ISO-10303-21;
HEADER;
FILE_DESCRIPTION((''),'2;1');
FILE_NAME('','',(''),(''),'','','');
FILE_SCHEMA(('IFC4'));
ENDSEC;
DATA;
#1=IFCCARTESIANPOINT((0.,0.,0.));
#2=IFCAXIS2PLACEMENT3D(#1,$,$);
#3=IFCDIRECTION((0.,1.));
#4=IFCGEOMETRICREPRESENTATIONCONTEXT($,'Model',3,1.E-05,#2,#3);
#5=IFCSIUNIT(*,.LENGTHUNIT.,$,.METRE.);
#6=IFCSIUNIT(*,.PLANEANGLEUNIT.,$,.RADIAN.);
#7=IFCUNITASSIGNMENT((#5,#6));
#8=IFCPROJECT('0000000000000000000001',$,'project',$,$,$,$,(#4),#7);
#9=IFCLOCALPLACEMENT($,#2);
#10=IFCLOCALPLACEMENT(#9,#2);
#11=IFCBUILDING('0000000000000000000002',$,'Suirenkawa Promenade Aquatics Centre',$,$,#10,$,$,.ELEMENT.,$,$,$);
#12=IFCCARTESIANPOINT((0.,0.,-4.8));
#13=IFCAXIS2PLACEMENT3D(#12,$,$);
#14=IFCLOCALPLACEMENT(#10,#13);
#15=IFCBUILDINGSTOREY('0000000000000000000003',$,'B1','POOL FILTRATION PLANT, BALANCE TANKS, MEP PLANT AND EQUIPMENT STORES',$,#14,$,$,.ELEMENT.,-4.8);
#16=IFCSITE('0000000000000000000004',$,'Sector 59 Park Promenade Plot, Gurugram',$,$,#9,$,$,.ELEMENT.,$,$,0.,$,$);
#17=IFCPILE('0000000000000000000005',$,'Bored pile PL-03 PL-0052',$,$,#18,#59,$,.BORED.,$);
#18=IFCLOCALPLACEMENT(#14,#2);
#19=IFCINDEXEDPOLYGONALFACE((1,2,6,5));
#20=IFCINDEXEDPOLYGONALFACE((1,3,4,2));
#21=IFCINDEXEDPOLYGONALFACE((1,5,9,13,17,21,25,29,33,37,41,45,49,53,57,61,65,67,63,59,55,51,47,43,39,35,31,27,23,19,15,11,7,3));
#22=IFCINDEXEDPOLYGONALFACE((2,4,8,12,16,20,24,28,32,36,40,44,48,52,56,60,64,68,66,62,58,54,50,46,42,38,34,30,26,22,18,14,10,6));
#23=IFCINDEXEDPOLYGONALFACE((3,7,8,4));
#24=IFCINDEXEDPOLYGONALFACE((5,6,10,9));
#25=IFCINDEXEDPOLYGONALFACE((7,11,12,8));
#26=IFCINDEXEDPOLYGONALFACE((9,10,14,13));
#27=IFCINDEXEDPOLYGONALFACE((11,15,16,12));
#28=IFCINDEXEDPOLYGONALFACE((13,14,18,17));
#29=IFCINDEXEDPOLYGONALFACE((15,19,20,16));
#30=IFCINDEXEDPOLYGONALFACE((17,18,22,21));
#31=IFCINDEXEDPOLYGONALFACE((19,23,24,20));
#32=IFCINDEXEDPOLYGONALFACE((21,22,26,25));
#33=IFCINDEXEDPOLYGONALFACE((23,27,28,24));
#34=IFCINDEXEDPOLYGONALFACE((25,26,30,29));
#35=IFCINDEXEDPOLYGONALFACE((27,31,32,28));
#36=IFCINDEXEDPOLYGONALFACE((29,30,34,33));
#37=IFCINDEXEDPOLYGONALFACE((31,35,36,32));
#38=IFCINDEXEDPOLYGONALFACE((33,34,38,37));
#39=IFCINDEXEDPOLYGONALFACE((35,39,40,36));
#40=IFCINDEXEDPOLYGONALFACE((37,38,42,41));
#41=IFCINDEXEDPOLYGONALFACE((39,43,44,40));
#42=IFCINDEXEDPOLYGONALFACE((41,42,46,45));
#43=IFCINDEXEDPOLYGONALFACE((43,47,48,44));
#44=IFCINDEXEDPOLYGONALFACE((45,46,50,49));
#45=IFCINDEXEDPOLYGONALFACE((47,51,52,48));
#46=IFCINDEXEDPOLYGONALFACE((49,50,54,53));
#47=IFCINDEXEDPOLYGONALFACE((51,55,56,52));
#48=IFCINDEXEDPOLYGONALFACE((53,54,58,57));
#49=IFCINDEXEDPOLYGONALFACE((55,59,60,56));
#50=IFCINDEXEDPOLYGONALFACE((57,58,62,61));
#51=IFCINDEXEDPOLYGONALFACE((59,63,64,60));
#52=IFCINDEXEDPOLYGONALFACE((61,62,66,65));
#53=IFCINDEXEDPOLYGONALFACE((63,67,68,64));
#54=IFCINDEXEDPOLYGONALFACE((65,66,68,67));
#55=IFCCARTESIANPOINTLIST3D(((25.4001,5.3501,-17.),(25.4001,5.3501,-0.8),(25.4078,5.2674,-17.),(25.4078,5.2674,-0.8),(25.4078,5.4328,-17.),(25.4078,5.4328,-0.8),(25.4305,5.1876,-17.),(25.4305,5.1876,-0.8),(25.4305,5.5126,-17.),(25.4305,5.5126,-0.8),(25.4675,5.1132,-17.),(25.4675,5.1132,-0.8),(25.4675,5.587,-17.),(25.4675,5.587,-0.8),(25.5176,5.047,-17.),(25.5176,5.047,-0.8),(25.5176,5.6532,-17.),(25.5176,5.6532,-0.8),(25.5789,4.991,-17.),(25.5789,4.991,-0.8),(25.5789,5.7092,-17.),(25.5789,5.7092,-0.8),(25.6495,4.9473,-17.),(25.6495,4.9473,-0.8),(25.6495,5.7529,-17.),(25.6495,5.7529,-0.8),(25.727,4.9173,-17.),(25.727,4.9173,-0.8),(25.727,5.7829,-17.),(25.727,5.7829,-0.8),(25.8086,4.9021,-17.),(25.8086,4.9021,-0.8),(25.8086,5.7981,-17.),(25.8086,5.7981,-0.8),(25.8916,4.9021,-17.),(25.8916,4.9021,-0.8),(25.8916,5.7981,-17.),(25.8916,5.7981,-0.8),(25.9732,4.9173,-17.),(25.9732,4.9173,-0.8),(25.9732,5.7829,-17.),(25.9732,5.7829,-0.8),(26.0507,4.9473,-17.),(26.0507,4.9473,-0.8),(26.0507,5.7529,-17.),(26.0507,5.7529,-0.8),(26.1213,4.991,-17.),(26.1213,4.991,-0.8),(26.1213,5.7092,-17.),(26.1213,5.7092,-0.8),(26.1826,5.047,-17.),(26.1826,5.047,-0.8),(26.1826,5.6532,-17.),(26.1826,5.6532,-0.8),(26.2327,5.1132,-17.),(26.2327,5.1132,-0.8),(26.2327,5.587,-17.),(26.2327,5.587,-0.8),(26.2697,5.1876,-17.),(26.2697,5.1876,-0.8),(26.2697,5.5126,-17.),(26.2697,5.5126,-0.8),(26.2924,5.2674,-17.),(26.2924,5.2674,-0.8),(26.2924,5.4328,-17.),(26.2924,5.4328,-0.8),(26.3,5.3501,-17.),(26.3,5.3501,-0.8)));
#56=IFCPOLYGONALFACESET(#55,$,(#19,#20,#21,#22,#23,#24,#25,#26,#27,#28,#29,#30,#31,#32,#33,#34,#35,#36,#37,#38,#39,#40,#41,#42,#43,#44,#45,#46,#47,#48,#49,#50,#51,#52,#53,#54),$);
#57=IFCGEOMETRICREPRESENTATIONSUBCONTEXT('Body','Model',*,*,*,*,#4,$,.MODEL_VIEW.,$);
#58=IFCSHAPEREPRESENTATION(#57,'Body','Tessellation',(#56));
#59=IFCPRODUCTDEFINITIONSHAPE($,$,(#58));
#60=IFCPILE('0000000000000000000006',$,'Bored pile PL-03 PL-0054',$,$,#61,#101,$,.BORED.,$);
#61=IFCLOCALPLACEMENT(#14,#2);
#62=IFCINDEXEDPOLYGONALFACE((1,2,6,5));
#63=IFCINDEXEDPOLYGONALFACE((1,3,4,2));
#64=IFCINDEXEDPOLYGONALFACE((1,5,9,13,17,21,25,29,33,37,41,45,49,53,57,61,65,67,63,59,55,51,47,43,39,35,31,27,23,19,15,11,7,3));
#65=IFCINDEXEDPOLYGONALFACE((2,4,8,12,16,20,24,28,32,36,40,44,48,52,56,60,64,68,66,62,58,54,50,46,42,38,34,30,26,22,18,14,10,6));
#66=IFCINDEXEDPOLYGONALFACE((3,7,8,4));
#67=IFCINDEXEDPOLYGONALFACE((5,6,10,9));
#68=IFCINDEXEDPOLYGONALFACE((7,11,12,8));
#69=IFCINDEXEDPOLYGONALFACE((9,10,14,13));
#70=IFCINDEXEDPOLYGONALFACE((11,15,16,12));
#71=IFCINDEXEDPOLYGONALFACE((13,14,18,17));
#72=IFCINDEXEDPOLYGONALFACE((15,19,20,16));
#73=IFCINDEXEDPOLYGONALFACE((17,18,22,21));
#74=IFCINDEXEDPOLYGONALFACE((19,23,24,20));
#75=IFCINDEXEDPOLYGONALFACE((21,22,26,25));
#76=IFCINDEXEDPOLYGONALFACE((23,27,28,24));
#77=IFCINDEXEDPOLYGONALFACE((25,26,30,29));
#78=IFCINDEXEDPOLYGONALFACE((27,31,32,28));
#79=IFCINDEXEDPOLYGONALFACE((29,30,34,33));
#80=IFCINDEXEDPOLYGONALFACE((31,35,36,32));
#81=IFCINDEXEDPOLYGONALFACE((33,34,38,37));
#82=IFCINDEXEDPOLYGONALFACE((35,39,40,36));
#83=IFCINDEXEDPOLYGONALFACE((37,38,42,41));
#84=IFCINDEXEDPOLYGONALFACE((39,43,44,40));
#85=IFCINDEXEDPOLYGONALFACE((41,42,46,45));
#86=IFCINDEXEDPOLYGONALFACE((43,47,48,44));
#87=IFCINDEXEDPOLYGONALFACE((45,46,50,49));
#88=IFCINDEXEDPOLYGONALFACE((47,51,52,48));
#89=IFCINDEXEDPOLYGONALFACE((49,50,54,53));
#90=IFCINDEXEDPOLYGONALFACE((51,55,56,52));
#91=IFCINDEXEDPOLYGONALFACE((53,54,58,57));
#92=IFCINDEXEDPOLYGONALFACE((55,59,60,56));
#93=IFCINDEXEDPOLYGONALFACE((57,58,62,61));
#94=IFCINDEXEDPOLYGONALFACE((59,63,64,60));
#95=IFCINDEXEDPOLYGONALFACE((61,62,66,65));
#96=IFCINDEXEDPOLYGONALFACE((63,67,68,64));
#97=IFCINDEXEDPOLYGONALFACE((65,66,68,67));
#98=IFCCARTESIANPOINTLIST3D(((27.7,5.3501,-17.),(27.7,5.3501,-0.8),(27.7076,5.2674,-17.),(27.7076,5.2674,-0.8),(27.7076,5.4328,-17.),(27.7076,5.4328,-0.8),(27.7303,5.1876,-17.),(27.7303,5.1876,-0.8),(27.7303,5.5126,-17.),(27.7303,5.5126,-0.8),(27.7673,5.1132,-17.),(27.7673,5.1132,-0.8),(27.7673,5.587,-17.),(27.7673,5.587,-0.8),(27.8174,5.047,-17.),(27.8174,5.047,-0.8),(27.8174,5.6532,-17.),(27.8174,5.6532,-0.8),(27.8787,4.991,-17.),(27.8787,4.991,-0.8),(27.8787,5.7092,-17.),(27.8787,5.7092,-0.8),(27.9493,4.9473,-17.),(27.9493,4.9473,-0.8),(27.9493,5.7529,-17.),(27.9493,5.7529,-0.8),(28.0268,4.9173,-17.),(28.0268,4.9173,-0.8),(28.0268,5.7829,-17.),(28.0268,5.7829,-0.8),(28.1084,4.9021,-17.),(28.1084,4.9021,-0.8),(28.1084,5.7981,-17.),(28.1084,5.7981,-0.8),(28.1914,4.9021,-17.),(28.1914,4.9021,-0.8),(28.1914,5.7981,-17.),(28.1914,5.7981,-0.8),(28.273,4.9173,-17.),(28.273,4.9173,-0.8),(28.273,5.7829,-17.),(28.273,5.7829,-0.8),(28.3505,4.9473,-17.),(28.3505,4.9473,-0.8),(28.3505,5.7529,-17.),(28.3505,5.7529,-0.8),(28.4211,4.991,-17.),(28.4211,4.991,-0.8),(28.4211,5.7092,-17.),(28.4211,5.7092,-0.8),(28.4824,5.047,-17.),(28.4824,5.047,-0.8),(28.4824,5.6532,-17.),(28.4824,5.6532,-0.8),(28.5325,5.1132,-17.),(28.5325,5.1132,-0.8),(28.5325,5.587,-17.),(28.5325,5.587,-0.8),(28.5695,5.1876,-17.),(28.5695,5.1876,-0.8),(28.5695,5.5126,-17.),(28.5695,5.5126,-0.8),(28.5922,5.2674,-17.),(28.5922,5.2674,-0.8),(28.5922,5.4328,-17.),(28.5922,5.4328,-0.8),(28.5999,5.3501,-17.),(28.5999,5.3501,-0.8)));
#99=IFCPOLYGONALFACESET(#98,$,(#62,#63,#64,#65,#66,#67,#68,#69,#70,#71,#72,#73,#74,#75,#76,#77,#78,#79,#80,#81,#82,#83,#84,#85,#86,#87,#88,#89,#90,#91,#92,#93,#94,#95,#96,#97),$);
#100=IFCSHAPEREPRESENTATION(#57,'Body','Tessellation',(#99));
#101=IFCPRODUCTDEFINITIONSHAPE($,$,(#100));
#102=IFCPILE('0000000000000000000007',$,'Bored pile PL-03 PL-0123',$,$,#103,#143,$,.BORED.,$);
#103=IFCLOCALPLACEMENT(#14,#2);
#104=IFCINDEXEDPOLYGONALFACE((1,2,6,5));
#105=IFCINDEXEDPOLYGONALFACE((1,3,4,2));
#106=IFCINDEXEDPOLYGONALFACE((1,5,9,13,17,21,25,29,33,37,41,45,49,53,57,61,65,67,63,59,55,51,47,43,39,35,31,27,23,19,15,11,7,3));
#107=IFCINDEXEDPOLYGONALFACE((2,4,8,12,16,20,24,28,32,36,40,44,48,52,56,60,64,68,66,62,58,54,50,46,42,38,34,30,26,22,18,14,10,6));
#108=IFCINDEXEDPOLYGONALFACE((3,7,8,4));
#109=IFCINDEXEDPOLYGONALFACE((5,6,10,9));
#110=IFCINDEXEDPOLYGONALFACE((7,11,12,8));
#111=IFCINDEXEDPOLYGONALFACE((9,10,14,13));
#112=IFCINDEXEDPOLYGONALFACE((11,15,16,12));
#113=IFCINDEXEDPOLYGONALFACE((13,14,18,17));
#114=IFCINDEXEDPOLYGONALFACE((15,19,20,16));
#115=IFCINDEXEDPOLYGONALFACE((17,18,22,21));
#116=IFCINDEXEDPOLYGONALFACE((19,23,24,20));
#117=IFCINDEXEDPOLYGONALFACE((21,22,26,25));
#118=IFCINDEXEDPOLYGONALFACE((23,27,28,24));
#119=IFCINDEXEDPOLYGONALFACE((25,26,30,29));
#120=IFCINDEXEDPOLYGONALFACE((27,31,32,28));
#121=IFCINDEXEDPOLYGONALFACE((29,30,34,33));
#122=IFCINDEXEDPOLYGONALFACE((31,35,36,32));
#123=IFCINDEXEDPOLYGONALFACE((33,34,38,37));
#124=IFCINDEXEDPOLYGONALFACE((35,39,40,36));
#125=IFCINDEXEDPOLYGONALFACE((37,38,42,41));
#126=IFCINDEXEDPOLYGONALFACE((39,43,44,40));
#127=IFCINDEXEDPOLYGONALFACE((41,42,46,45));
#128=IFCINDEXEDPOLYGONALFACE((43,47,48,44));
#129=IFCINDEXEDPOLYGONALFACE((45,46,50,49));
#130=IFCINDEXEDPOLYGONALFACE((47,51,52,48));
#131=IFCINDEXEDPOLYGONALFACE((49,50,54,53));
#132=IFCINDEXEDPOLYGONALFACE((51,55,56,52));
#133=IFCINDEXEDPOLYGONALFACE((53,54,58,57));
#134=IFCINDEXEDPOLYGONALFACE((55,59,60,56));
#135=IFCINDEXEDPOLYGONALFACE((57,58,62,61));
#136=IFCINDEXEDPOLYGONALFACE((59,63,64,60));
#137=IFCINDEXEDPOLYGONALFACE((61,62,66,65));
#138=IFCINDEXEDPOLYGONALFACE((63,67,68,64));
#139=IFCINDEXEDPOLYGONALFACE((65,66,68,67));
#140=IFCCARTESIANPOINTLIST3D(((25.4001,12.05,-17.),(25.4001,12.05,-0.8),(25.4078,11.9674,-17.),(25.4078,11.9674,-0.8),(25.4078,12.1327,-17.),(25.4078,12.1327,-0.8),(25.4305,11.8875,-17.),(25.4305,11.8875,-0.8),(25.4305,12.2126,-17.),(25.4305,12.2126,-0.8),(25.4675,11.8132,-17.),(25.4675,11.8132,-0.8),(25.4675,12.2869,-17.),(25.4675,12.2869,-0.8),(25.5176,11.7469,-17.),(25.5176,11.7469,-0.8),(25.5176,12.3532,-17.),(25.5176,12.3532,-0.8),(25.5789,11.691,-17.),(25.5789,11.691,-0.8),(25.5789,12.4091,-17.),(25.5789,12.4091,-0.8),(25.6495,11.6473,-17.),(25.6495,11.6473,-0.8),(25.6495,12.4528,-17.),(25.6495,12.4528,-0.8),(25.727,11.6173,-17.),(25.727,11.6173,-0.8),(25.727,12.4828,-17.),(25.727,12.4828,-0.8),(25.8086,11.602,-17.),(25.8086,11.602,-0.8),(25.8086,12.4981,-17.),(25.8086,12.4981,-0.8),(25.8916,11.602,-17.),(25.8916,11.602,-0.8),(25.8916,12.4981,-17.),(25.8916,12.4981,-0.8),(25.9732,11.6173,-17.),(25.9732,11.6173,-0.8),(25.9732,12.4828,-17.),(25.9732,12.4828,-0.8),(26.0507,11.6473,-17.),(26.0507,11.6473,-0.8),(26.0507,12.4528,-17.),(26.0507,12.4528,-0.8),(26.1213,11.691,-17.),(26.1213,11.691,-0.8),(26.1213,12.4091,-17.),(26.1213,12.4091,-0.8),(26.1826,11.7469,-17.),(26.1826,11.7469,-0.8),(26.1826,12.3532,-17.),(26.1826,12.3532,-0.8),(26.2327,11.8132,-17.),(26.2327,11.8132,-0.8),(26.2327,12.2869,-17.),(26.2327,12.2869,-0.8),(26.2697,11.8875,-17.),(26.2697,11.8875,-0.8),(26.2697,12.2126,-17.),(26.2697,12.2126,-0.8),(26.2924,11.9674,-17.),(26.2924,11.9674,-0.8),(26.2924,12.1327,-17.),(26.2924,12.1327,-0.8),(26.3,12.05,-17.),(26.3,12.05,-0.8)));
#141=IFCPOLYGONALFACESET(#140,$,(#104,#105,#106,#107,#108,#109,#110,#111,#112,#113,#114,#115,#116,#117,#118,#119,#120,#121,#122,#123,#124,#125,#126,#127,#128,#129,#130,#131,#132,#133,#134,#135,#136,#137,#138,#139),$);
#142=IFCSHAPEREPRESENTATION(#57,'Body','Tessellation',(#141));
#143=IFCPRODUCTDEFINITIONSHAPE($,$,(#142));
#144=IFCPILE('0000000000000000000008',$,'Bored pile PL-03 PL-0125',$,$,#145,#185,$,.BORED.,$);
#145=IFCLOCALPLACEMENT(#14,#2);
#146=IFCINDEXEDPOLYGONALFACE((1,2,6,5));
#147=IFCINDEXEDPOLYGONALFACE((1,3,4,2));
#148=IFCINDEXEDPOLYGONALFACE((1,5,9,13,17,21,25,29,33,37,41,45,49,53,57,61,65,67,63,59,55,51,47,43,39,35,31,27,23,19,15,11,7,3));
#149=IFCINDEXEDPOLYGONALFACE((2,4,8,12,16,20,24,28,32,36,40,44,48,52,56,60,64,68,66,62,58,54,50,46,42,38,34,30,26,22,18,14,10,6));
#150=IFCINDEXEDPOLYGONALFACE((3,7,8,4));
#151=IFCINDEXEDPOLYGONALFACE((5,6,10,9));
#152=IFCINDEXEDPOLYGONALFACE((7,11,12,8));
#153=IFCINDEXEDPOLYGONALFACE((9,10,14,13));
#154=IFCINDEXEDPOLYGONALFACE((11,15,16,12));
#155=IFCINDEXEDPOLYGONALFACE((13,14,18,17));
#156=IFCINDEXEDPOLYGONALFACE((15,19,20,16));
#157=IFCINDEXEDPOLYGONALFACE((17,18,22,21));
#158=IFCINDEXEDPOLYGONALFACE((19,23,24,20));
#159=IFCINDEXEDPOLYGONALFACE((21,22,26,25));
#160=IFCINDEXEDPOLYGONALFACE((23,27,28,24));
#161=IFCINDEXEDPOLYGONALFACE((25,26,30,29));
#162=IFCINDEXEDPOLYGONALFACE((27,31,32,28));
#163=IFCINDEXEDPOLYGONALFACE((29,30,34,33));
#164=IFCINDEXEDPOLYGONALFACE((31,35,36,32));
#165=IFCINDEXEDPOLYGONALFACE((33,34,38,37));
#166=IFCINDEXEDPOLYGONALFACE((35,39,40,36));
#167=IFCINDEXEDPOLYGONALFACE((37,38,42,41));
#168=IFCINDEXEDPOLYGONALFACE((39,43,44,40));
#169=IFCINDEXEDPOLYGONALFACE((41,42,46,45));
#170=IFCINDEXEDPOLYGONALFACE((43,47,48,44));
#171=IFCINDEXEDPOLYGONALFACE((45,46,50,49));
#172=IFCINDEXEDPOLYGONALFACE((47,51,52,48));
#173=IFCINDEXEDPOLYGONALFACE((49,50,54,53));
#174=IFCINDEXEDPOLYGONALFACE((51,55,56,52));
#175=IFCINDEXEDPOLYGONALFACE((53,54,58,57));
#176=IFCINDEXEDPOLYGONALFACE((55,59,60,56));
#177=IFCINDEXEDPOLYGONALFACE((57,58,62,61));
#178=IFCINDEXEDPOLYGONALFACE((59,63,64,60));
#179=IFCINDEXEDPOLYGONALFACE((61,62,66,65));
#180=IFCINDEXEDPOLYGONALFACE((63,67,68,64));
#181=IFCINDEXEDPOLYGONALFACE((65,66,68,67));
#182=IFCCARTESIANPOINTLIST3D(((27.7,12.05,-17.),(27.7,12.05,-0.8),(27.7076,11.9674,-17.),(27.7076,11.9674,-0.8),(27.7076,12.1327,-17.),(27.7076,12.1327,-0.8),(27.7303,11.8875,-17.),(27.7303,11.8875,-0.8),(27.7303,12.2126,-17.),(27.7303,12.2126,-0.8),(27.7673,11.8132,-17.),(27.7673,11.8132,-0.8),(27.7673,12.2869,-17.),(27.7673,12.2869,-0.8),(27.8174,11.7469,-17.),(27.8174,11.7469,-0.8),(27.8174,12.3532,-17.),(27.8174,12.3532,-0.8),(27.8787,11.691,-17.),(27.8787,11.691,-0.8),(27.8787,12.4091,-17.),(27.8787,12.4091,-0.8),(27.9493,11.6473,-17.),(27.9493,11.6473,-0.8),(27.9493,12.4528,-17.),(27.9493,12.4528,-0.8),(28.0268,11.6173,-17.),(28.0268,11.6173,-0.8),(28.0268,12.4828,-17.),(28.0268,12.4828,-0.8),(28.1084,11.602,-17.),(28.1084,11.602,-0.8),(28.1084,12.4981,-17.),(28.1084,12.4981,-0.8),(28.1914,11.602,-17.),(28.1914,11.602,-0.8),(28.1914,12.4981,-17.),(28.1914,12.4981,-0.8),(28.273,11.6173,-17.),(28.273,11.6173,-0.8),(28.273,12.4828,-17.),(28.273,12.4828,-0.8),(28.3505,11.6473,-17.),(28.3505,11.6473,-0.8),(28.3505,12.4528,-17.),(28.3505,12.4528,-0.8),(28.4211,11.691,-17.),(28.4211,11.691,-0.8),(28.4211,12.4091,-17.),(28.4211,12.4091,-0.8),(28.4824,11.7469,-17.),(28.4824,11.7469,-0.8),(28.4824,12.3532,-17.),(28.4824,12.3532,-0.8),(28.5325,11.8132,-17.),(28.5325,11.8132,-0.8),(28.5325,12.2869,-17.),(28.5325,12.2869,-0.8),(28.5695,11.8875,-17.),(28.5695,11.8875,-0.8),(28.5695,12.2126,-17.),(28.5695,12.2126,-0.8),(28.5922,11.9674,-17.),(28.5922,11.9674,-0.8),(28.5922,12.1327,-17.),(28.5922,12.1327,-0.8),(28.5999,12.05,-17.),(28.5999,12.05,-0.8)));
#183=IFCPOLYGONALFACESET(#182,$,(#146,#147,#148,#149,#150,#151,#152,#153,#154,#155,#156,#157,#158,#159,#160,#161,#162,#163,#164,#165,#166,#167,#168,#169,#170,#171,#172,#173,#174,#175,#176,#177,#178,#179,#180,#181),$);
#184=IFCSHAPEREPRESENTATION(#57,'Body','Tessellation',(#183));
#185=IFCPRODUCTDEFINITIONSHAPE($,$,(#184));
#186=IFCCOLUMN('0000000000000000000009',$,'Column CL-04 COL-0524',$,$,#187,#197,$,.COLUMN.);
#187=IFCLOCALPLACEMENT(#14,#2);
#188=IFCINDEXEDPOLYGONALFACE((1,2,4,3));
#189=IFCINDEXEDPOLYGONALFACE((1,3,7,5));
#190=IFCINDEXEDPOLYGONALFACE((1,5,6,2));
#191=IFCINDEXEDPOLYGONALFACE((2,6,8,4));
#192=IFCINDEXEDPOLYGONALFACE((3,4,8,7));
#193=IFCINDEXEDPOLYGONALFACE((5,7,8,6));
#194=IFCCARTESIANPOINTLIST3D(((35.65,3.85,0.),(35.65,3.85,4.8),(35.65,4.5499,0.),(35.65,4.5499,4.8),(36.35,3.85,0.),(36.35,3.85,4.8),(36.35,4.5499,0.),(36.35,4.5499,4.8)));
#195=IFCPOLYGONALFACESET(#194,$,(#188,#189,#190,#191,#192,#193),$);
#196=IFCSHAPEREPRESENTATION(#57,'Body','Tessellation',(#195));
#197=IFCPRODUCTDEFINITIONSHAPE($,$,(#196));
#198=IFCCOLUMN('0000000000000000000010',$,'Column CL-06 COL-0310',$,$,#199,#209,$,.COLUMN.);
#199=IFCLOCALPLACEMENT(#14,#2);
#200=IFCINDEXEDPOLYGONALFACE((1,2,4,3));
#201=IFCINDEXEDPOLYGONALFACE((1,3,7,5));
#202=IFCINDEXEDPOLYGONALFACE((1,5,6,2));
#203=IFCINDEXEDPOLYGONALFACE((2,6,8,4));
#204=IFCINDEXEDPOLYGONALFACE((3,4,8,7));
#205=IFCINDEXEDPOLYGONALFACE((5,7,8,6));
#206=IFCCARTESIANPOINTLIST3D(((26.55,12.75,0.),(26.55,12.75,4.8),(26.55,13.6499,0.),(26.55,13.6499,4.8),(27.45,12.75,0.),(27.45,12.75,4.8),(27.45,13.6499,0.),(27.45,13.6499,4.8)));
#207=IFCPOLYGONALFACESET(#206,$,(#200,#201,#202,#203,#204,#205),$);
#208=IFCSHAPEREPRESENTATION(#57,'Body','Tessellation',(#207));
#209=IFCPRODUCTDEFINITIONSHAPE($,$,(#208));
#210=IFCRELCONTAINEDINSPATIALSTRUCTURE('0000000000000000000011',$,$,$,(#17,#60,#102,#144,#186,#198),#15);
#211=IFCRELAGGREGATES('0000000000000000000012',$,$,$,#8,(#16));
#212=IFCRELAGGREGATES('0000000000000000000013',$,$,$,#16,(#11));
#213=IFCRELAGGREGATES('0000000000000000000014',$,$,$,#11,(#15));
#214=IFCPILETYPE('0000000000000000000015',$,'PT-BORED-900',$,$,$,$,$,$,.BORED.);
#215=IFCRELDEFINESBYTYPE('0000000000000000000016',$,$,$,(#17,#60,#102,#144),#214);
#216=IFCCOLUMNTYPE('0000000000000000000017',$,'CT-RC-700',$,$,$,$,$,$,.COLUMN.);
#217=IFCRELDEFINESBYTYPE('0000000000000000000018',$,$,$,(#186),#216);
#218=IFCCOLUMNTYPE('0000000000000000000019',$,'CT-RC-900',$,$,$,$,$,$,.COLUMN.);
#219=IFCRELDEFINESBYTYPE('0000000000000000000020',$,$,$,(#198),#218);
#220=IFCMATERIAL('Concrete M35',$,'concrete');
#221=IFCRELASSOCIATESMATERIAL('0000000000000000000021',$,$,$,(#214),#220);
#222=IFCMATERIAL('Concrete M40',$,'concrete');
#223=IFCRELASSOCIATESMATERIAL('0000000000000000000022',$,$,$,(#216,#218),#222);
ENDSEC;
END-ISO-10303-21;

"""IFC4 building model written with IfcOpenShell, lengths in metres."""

from ifc_helpers import new_model, si_unit, direction, frame, origin, origin_2d, place, context, subcontext, project, spatial, rectangle, circle, extrude, material, material_profile, profile_set, type_object, element, save


model = new_model("IFC4")

# Units and contexts
model_context = context("Model", 3, precision=1e-05, world=origin(), true_north=direction((0.0, 1.0)))
body_context = subcontext(model_context, "Body", "Model", "MODEL_VIEW")
ifc_project = project(units=[si_unit("LENGTHUNIT", "METRE"), si_unit("PLANEANGLEUNIT", "RADIAN")], contexts=[model_context])

# Site, building, storey
site_placement = place(None, origin())
site = spatial("IfcSite", under=ifc_project, at=site_placement, Name="Sector 59 Park Promenade Plot, Gurugram", CompositionType="ELEMENT", RefElevation=0.0)
building_placement = place(site_placement, origin())
building = spatial("IfcBuilding", under=site, at=building_placement, Name="Suirenkawa Promenade Aquatics Centre", CompositionType="ELEMENT")
storey_placement = place(building_placement, frame((0.0, 0.0, -4.8)))
storey = spatial("IfcBuildingStorey", under=building, at=storey_placement, Name="B1", Description="POOL FILTRATION PLANT, BALANCE TANKS, MEP PLANT AND EQUIPMENT STORES", CompositionType="ELEMENT", Elevation=-4.8)

# Shared definitions
ifc_material_1 = material(Name="Concrete M35", Category="concrete")

# Piles
ifc_material_profile_1 = material_profile(ifc_material_1, circle(Radius=0.45, at=origin_2d()), Name="PILE D900", Category="concrete")
ifc_profile_set_1 = profile_set([ifc_material_profile_1], Name="Concrete M35")
pile_type_1 = type_object("IfcPileType", Name="PT-BORED-900", PredefinedType="BORED", material=ifc_profile_set_1)
for number, where, z_axis, x_axis, name in (
    (1, (25.8501, 5.3501, -0.8), (0.0, 0.0, -1.0), (1.0, 0.0, 0.0), "Bored pile PL-03 PL-0052"),
    (2, (28.1499, 5.3501, -0.8), (0.0, 0.0, -1.0), (1.0, 0.0, 0.0), "Bored pile PL-03 PL-0054"),
    (3, (25.8501, 12.05, -0.8), (0.0, 0.0, -1.0), (1.0, 0.0, 0.0), "Bored pile PL-03 PL-0123"),
    (4, (28.1499, 12.05, -0.8), (0.0, 0.0, -1.0), (1.0, 0.0, 0.0), "Bored pile PL-03 PL-0125"),
):
    element("IfcPile", number, at=place(storey_placement, frame(where, z_axis=z_axis, x_axis=x_axis)), inside=storey, type_object=pile_type_1, Name=name, PredefinedType="BORED", context=body_context, shape_type="SweptSolid", body=[
        extrude(circle(Radius=0.45, at=origin_2d()), origin(), (0.0, 0.0, 1.0), 16.2),
    ])

# Columns
ifc_material_2 = material(Name="Concrete M40", Category="concrete")
ifc_material_profile_2 = material_profile(ifc_material_2, rectangle(XDim=0.7, YDim=0.7, at=origin_2d()), Name="RC COL 700x700", Category="concrete")
ifc_profile_set_2 = profile_set([ifc_material_profile_2], Name="Concrete M40")
column_type_1 = type_object("IfcColumnType", Name="CT-RC-700", PredefinedType="COLUMN", material=ifc_profile_set_2)
column_1_placement = place(storey_placement, frame((36.0, 4.2, 0.0), z_axis=(0.0, 0.0, 1.0), x_axis=(1.0, 0.0, 0.0)))
element("IfcColumn", 5, at=column_1_placement, inside=storey, type_object=column_type_1, Name="Column CL-04 COL-0524", PredefinedType="COLUMN", context=body_context, shape_type="SweptSolid", body=[
    extrude(rectangle(XDim=0.7, YDim=0.7, at=origin_2d()), origin(), (0.0, 0.0, 1.0), 4.8),
])
ifc_material_profile_3 = material_profile(ifc_material_2, rectangle(XDim=0.8999, YDim=0.8999, at=origin_2d()), Name="RC COL 900x900", Category="concrete")
ifc_profile_set_3 = profile_set([ifc_material_profile_3], Name="Concrete M40")
column_type_2 = type_object("IfcColumnType", Name="CT-RC-900", PredefinedType="COLUMN", material=ifc_profile_set_3)
column_2_placement = place(storey_placement, frame((27.0, 13.2, 0.0), z_axis=(0.0, 0.0, 1.0), x_axis=(1.0, 0.0, 0.0)))
element("IfcColumn", 6, at=column_2_placement, inside=storey, type_object=column_type_2, Name="Column CL-06 COL-0310", PredefinedType="COLUMN", context=body_context, shape_type="SweptSolid", body=[
    extrude(rectangle(XDim=0.8999, YDim=0.8999, at=origin_2d()), origin(), (0.0, 0.0, 1.0), 4.8),
])

save(model, "model.ifc")
